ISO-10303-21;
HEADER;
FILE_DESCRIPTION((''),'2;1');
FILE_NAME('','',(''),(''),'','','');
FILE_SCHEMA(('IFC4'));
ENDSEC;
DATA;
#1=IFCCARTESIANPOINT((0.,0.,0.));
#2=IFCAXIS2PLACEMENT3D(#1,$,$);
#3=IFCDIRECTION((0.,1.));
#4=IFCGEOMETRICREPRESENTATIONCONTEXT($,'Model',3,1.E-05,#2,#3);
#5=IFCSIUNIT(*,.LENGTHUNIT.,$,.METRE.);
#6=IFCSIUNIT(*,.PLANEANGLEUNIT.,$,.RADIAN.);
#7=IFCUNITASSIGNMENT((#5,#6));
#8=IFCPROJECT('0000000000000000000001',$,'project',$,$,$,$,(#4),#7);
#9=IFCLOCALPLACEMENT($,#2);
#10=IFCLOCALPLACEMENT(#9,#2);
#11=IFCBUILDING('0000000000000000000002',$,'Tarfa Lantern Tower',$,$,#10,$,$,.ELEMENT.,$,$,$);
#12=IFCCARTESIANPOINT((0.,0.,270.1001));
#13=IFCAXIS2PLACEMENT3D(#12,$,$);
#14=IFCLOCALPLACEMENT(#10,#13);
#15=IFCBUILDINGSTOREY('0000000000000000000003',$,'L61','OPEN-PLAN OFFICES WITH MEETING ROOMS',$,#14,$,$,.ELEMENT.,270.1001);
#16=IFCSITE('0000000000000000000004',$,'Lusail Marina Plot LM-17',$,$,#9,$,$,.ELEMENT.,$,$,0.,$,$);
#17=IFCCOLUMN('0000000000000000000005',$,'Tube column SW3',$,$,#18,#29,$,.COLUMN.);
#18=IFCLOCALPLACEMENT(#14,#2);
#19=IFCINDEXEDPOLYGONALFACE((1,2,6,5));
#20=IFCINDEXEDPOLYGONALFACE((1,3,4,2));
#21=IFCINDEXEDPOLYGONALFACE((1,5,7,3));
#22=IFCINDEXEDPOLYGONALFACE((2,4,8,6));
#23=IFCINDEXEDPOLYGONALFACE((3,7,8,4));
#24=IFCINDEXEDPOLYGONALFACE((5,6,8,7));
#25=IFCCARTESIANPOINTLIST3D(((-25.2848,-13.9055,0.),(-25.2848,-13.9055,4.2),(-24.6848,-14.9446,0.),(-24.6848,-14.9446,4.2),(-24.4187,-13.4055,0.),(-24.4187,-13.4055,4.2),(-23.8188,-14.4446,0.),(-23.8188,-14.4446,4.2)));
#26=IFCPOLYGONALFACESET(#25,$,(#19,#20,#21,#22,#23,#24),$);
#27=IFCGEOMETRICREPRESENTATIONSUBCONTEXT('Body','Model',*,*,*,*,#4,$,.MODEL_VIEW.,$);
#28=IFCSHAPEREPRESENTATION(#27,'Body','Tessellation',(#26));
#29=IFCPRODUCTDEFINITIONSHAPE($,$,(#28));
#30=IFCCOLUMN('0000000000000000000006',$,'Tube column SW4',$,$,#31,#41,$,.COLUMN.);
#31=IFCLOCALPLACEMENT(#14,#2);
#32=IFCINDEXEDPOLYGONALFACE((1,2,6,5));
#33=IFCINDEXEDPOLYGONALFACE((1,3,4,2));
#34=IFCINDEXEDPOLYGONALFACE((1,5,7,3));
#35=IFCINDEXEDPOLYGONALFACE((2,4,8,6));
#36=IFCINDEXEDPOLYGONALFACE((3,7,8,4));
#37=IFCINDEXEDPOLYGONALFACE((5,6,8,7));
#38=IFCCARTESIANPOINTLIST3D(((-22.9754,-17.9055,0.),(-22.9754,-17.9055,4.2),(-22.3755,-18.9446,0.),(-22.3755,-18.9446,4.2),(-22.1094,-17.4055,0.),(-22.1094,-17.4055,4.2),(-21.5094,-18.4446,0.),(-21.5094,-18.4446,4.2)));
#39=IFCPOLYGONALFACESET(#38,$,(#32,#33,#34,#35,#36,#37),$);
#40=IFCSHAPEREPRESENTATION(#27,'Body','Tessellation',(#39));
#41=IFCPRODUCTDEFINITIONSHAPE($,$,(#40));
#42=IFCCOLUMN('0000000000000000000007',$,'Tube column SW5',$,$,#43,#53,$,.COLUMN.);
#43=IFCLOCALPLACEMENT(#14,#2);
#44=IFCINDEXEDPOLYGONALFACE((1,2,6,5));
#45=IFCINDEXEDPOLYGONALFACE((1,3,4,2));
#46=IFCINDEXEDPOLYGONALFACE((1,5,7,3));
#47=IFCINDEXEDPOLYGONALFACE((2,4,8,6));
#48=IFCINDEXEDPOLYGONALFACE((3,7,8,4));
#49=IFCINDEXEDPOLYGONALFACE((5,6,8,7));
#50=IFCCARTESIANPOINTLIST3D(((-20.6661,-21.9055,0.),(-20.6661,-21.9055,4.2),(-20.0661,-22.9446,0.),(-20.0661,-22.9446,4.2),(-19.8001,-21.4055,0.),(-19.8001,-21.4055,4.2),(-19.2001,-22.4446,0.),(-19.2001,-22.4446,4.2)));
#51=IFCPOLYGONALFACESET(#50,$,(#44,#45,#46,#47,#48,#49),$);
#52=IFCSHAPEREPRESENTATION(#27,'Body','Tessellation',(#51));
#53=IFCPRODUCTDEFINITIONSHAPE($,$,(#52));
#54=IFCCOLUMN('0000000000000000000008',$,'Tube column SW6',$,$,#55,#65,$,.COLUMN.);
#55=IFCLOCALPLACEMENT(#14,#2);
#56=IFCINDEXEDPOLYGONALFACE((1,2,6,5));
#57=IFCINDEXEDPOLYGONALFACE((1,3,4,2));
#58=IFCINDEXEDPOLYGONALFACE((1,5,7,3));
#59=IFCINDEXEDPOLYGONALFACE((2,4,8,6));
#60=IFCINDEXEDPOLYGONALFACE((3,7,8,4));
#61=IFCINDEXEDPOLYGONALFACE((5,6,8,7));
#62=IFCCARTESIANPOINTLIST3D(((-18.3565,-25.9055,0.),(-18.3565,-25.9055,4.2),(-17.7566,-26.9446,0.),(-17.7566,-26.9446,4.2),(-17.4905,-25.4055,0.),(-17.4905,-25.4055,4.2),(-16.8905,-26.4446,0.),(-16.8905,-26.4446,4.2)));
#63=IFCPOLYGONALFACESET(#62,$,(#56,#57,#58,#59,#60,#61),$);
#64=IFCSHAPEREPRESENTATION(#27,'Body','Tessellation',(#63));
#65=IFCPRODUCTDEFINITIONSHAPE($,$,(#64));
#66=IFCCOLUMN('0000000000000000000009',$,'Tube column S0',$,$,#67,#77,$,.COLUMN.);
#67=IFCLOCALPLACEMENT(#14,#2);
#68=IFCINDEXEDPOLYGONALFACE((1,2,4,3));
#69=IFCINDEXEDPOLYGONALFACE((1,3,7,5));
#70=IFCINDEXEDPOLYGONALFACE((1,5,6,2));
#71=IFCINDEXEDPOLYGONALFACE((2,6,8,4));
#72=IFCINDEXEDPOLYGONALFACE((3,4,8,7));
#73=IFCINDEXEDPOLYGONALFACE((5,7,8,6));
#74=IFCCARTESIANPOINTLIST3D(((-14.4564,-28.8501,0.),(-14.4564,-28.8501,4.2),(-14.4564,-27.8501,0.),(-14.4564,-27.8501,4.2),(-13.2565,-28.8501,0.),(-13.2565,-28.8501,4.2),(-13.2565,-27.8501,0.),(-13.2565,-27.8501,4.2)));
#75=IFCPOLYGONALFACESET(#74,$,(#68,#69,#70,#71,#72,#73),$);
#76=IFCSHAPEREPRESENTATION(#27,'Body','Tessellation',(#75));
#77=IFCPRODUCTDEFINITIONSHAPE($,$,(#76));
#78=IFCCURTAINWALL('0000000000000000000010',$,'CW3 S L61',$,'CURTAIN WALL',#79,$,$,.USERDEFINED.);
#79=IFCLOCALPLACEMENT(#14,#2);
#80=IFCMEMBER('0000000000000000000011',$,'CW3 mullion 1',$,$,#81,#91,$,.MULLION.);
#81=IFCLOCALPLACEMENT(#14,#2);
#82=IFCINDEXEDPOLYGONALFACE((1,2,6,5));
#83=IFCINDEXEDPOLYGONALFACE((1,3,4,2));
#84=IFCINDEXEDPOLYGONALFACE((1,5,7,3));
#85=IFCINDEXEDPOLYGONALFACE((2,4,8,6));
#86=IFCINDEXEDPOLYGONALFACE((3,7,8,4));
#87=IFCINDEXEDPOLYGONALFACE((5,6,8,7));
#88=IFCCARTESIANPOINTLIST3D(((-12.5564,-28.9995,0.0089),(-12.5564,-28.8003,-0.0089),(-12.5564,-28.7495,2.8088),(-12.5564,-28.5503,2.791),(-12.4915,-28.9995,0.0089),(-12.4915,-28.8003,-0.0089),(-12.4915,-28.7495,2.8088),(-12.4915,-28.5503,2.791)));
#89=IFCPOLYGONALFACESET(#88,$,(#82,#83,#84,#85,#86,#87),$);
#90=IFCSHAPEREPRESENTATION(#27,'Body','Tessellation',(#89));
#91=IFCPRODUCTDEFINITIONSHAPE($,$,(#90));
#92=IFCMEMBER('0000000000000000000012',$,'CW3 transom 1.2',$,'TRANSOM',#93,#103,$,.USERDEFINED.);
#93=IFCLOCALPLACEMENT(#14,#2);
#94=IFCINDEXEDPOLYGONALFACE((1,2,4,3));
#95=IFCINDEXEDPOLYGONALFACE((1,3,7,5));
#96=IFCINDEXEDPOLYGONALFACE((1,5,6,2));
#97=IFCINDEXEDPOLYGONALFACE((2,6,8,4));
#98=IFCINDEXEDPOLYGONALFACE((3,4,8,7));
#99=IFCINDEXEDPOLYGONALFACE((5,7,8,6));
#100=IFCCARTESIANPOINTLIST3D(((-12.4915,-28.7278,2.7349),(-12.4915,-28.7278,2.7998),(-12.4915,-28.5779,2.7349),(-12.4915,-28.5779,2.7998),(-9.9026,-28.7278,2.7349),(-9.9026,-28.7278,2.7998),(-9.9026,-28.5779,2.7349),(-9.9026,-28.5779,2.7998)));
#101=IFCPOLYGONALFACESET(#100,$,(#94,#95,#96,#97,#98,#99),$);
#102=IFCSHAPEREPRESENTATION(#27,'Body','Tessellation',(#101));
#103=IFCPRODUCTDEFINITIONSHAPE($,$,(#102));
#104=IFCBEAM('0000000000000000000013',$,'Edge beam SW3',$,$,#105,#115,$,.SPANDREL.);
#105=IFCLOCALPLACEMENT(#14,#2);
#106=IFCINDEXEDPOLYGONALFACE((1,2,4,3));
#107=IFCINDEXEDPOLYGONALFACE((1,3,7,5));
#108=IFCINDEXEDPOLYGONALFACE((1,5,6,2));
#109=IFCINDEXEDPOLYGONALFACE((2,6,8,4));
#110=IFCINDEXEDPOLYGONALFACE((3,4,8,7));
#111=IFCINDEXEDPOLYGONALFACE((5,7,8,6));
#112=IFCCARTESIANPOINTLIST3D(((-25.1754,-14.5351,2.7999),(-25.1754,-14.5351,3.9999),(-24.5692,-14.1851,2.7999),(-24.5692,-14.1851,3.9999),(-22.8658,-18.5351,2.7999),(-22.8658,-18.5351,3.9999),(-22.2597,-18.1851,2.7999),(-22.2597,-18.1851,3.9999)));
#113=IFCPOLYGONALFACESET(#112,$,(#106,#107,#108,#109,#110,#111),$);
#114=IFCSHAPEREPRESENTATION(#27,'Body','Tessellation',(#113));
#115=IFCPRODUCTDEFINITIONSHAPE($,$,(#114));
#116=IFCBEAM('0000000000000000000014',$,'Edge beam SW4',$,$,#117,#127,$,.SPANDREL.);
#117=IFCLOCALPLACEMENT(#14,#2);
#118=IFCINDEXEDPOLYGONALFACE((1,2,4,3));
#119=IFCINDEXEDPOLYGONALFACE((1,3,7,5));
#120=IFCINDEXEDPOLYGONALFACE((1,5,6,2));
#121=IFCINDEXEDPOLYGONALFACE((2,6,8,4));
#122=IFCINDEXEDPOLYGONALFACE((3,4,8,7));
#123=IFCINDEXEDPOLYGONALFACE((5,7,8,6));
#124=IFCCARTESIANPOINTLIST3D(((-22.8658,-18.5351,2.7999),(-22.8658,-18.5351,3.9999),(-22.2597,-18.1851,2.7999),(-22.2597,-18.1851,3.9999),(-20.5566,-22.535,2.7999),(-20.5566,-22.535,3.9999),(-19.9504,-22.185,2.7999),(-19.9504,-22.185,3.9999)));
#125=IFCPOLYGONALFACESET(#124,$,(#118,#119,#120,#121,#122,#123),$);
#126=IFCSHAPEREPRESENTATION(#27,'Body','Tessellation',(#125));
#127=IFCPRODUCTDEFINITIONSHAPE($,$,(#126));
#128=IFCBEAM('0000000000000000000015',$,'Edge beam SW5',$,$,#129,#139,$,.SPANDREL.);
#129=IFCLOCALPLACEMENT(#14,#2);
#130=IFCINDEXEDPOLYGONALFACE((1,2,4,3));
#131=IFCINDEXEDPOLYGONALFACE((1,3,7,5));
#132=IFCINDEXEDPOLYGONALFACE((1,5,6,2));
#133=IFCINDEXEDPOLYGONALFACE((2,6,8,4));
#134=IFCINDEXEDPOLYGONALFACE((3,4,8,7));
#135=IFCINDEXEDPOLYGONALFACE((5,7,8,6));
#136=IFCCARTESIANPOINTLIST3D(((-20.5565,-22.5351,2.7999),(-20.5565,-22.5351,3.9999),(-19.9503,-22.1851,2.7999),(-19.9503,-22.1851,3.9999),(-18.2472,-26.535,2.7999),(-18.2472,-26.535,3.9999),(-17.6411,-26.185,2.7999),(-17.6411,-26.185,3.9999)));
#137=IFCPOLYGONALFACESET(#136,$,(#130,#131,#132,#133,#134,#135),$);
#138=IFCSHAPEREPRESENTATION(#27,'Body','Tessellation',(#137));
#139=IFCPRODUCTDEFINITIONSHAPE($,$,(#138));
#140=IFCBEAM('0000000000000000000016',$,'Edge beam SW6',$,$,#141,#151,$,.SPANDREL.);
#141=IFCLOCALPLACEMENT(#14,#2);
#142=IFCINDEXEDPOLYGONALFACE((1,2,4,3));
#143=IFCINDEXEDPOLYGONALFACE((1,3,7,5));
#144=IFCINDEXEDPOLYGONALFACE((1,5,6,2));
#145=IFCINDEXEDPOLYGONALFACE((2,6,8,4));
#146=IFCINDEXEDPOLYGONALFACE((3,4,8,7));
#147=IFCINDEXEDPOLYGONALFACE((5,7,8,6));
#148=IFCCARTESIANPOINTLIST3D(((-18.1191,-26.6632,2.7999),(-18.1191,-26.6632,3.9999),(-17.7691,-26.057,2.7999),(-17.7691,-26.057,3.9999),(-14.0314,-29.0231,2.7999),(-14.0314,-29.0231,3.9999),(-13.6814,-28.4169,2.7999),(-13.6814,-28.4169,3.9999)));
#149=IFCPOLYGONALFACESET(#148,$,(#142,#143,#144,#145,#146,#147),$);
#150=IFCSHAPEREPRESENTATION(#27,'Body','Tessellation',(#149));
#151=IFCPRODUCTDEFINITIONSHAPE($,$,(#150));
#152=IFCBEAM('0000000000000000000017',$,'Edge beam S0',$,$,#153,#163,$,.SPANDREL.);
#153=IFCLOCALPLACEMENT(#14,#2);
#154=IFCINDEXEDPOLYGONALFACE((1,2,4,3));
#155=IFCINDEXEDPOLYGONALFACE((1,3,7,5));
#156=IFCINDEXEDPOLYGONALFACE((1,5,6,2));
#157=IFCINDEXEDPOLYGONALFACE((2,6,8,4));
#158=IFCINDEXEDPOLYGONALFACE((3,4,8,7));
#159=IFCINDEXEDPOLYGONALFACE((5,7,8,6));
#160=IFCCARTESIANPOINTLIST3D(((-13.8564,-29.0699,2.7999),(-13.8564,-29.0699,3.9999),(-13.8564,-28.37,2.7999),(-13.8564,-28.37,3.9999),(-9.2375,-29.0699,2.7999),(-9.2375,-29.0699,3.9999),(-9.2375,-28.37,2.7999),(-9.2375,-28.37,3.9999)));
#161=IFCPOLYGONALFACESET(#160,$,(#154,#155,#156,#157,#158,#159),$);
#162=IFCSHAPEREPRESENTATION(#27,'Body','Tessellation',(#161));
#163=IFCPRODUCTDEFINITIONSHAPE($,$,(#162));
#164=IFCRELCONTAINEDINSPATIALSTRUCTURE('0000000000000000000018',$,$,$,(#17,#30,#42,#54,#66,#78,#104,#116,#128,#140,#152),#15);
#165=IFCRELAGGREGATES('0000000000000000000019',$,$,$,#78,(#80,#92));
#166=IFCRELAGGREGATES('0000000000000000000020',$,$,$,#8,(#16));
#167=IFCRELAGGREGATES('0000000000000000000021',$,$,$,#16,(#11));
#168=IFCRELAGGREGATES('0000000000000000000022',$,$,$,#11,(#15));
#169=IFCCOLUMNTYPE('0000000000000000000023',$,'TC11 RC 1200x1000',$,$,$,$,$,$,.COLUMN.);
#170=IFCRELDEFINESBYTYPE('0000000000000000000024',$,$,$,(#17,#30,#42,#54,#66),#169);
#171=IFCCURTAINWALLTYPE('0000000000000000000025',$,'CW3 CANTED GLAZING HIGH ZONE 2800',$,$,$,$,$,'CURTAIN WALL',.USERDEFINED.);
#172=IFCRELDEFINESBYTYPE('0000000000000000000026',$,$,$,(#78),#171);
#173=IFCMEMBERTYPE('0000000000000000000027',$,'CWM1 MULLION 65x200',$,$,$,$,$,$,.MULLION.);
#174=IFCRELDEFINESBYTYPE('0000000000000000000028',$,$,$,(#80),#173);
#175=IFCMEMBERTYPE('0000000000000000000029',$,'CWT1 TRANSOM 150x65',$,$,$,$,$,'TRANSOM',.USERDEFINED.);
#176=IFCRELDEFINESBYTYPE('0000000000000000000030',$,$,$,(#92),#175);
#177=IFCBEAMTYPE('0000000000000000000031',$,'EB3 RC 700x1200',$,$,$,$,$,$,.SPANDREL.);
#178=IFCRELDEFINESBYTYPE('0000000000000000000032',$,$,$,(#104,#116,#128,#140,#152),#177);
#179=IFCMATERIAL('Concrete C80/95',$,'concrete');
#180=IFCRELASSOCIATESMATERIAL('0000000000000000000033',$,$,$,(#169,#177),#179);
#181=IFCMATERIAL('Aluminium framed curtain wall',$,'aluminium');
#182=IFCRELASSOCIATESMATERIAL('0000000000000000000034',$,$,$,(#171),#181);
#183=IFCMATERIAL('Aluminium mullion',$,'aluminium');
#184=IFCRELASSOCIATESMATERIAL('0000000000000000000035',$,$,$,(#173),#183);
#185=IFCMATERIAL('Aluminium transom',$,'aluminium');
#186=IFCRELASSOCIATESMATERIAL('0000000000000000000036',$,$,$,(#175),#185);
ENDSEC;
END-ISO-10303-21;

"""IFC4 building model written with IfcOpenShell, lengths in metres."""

from ifc_helpers import new_model, si_unit, direction, frame, origin, origin_2d, place, context, subcontext, project, spatial, rectangle, extrude, material, material_profile, profile_set, type_object, element, aggregate, save


model = new_model("IFC4")

# Units and contexts
model_context = context("Model", 3, precision=1e-05, world=origin(), true_north=direction((0.0, 1.0)))
body_context = subcontext(model_context, "Body", "Model", "MODEL_VIEW")
ifc_project = project(units=[si_unit("LENGTHUNIT", "METRE"), si_unit("PLANEANGLEUNIT", "RADIAN")], contexts=[model_context])

# Site, building, storey
site_placement = place(None, origin())
site = spatial("IfcSite", under=ifc_project, at=site_placement, Name="Lusail Marina Plot LM-17", CompositionType="ELEMENT", RefElevation=0.0)
building_placement = place(site_placement, origin())
building = spatial("IfcBuilding", under=site, at=building_placement, Name="Tarfa Lantern Tower", CompositionType="ELEMENT")
storey_placement = place(building_placement, frame((0.0, 0.0, 270.1001)))
storey = spatial("IfcBuildingStorey", under=building, at=storey_placement, Name="L61", Description="OPEN-PLAN OFFICES WITH MEETING ROOMS", CompositionType="ELEMENT", Elevation=270.1001)

# Columns
ifc_material_1 = material(Name="Concrete C80/95", Category="concrete")
ifc_material_profile_1 = material_profile(ifc_material_1, rectangle(XDim=1.2, YDim=1.0, at=origin_2d()), Name="RC 1200x1000")
ifc_profile_set_1 = profile_set([ifc_material_profile_1], Name="Concrete C80/95")
column_type = type_object("IfcColumnType", Name="TC11 RC 1200x1000", PredefinedType="COLUMN", material=ifc_profile_set_1)
for number, where, z_axis, x_axis, name in (
    (1, (-24.5518, -14.175, 0.0), (0.0, 0.0, 1.0), (0.5, -0.866025, 0.0), "Tube column SW3"),
    (2, (-22.2424, -18.175, 0.0), (0.0, 0.0, 1.0), (0.5, -0.866025, 0.0), "Tube column SW4"),
    (3, (-19.9331, -22.175, 0.0), (0.0, 0.0, 1.0), (0.5, -0.866025, 0.0), "Tube column SW5"),
    (4, (-17.6235, -26.175, 0.0), (0.0, 0.0, 1.0), (0.5, -0.866025, 0.0), "Tube column SW6"),
    (5, (-13.8564, -28.3501, 0.0), (0.0, 0.0, 1.0), (1.0, 0.0, 0.0), "Tube column S0"),
):
    element("IfcColumn", number, at=place(storey_placement, frame(where, z_axis=z_axis, x_axis=x_axis)), inside=storey, type_object=column_type, Name=name, PredefinedType="COLUMN", context=body_context, shape_type="SweptSolid", body=[
        extrude(rectangle(XDim=1.2, YDim=1.0, at=origin_2d()), origin(), (0.0, 0.0, 1.0), 4.2),
    ])

# Curtain wall, members
ifc_material_2 = material(Name="Aluminium framed curtain wall", Category="aluminium")
curtain_wall_type = type_object("IfcCurtainWallType", Name="CW3 CANTED GLAZING HIGH ZONE 2800", ElementType="CURTAIN WALL", PredefinedType="USERDEFINED", material=ifc_material_2)
curtain_wall_placement = place(storey_placement, origin())
curtain_wall = element("IfcCurtainWall", 6, at=curtain_wall_placement, inside=storey, type_object=curtain_wall_type, Name="CW3 S L61", ObjectType="CURTAIN WALL", PredefinedType="USERDEFINED")
ifc_material_3 = material(Name="Aluminium mullion", Category="aluminium")
ifc_material_profile_2 = material_profile(ifc_material_3, rectangle(XDim=0.0649, YDim=0.2, at=origin_2d()), Name="AL MULLION 65x200")
ifc_profile_set_2 = profile_set([ifc_material_profile_2], Name="Aluminium mullion")
member_type_1 = type_object("IfcMemberType", Name="CWM1 MULLION 65x200", PredefinedType="MULLION", material=ifc_profile_set_2)
member_1_placement = place(storey_placement, frame((-12.5239, -28.8999, 0.0), z_axis=(0.0, 0.088938, 0.996037), x_axis=(-1.0, 0.0, 0.0)))
member_1 = element("IfcMember", 7, at=member_1_placement, type_object=member_type_1, Name="CW3 mullion 1", PredefinedType="MULLION", context=body_context, shape_type="SweptSolid", body=[
    extrude(rectangle(XDim=0.0649, YDim=0.2, at=origin_2d()), origin(), (0.0, 0.0, 1.0), 2.811),
])
ifc_material_4 = material(Name="Aluminium transom", Category="aluminium")
ifc_material_profile_3 = material_profile(ifc_material_4, rectangle(XDim=0.1499, YDim=0.0649, at=origin_2d()), Name="AL TRANSOM 150x65")
ifc_profile_set_3 = profile_set([ifc_material_profile_3], Name="Aluminium transom")
member_type_2 = type_object("IfcMemberType", Name="CWT1 TRANSOM 150x65", ElementType="TRANSOM", PredefinedType="USERDEFINED", material=ifc_profile_set_3)
member_2_placement = place(storey_placement, frame((-12.4915, -28.6528, 2.7673), z_axis=(1.0, 0.0, 0.0), x_axis=(0.0, 1.0, 0.0)))
member_2 = element("IfcMember", 8, at=member_2_placement, type_object=member_type_2, Name="CW3 transom 1.2", ObjectType="TRANSOM", PredefinedType="USERDEFINED", context=body_context, shape_type="SweptSolid", body=[
    extrude(rectangle(XDim=0.1499, YDim=0.0649, at=origin_2d()), origin(), (0.0, 0.0, 1.0), 2.5889),
])

# Beams
ifc_material_profile_4 = material_profile(ifc_material_1, rectangle(XDim=0.7, YDim=1.2, at=origin_2d()), Name="RC 700x1200")
ifc_profile_set_4 = profile_set([ifc_material_profile_4], Name="Concrete C80/95")
beam_type_1 = type_object("IfcBeamType", Name="EB3 RC 700x1200", PredefinedType="SPANDREL", material=ifc_profile_set_4)
beam_1_placement = place(storey_placement, frame((-24.8723, -14.3601, 3.3999), z_axis=(0.500027, -0.86601, 0.0), x_axis=(0.86601, 0.500027, 0.0)))
element("IfcBeam", 9, at=beam_1_placement, inside=storey, type_object=beam_type_1, Name="Edge beam SW3", PredefinedType="SPANDREL", context=body_context, shape_type="SweptSolid", body=[
    extrude(rectangle(XDim=0.7, YDim=1.2, at=origin_2d()), origin(), (0.0, 0.0, 1.0), 4.6189),
])
for number, where, z_axis, x_axis, name in (
    (10, (-22.5627, -18.3601, 3.3999), (0.499988, -0.866032, 0.0), (0.866032, 0.499988, 0.0), "Edge beam SW4"),
    (11, (-20.2534, -22.3601, 3.3999), (0.499988, -0.866032, 0.0), (0.866032, 0.499988, 0.0), "Edge beam SW5"),
):
    element("IfcBeam", number, at=place(storey_placement, frame(where, z_axis=z_axis, x_axis=x_axis)), inside=storey, type_object=beam_type_1, Name=name, PredefinedType="SPANDREL", context=body_context, shape_type="SweptSolid", body=[
        extrude(rectangle(XDim=0.7, YDim=1.2, at=origin_2d()), origin(), (0.0, 0.0, 1.0), 4.6187),
    ])
beam_2_placement = place(storey_placement, frame((-17.9441, -26.3601, 3.3999), z_axis=(0.866038, -0.499978, 0.0), x_axis=(0.499978, 0.866038, 0.0)))
element("IfcBeam", 12, at=beam_2_placement, inside=storey, type_object=beam_type_1, Name="Edge beam SW6", PredefinedType="SPANDREL", context=body_context, shape_type="SweptSolid", body=[
    extrude(rectangle(XDim=0.7, YDim=1.2, at=origin_2d()), origin(), (0.0, 0.0, 1.0), 4.72),
])
beam_3_placement = place(storey_placement, frame((-13.8564, -28.72, 3.3999), z_axis=(1.0, 0.0, 0.0), x_axis=(0.0, 1.0, 0.0)))
element("IfcBeam", 13, at=beam_3_placement, inside=storey, type_object=beam_type_1, Name="Edge beam S0", PredefinedType="SPANDREL", context=body_context, shape_type="SweptSolid", body=[
    extrude(rectangle(XDim=0.7, YDim=1.2, at=origin_2d()), origin(), (0.0, 0.0, 1.0), 4.6189),
])

aggregate(curtain_wall, [member_1, member_2])

save(model, "model.ifc")
